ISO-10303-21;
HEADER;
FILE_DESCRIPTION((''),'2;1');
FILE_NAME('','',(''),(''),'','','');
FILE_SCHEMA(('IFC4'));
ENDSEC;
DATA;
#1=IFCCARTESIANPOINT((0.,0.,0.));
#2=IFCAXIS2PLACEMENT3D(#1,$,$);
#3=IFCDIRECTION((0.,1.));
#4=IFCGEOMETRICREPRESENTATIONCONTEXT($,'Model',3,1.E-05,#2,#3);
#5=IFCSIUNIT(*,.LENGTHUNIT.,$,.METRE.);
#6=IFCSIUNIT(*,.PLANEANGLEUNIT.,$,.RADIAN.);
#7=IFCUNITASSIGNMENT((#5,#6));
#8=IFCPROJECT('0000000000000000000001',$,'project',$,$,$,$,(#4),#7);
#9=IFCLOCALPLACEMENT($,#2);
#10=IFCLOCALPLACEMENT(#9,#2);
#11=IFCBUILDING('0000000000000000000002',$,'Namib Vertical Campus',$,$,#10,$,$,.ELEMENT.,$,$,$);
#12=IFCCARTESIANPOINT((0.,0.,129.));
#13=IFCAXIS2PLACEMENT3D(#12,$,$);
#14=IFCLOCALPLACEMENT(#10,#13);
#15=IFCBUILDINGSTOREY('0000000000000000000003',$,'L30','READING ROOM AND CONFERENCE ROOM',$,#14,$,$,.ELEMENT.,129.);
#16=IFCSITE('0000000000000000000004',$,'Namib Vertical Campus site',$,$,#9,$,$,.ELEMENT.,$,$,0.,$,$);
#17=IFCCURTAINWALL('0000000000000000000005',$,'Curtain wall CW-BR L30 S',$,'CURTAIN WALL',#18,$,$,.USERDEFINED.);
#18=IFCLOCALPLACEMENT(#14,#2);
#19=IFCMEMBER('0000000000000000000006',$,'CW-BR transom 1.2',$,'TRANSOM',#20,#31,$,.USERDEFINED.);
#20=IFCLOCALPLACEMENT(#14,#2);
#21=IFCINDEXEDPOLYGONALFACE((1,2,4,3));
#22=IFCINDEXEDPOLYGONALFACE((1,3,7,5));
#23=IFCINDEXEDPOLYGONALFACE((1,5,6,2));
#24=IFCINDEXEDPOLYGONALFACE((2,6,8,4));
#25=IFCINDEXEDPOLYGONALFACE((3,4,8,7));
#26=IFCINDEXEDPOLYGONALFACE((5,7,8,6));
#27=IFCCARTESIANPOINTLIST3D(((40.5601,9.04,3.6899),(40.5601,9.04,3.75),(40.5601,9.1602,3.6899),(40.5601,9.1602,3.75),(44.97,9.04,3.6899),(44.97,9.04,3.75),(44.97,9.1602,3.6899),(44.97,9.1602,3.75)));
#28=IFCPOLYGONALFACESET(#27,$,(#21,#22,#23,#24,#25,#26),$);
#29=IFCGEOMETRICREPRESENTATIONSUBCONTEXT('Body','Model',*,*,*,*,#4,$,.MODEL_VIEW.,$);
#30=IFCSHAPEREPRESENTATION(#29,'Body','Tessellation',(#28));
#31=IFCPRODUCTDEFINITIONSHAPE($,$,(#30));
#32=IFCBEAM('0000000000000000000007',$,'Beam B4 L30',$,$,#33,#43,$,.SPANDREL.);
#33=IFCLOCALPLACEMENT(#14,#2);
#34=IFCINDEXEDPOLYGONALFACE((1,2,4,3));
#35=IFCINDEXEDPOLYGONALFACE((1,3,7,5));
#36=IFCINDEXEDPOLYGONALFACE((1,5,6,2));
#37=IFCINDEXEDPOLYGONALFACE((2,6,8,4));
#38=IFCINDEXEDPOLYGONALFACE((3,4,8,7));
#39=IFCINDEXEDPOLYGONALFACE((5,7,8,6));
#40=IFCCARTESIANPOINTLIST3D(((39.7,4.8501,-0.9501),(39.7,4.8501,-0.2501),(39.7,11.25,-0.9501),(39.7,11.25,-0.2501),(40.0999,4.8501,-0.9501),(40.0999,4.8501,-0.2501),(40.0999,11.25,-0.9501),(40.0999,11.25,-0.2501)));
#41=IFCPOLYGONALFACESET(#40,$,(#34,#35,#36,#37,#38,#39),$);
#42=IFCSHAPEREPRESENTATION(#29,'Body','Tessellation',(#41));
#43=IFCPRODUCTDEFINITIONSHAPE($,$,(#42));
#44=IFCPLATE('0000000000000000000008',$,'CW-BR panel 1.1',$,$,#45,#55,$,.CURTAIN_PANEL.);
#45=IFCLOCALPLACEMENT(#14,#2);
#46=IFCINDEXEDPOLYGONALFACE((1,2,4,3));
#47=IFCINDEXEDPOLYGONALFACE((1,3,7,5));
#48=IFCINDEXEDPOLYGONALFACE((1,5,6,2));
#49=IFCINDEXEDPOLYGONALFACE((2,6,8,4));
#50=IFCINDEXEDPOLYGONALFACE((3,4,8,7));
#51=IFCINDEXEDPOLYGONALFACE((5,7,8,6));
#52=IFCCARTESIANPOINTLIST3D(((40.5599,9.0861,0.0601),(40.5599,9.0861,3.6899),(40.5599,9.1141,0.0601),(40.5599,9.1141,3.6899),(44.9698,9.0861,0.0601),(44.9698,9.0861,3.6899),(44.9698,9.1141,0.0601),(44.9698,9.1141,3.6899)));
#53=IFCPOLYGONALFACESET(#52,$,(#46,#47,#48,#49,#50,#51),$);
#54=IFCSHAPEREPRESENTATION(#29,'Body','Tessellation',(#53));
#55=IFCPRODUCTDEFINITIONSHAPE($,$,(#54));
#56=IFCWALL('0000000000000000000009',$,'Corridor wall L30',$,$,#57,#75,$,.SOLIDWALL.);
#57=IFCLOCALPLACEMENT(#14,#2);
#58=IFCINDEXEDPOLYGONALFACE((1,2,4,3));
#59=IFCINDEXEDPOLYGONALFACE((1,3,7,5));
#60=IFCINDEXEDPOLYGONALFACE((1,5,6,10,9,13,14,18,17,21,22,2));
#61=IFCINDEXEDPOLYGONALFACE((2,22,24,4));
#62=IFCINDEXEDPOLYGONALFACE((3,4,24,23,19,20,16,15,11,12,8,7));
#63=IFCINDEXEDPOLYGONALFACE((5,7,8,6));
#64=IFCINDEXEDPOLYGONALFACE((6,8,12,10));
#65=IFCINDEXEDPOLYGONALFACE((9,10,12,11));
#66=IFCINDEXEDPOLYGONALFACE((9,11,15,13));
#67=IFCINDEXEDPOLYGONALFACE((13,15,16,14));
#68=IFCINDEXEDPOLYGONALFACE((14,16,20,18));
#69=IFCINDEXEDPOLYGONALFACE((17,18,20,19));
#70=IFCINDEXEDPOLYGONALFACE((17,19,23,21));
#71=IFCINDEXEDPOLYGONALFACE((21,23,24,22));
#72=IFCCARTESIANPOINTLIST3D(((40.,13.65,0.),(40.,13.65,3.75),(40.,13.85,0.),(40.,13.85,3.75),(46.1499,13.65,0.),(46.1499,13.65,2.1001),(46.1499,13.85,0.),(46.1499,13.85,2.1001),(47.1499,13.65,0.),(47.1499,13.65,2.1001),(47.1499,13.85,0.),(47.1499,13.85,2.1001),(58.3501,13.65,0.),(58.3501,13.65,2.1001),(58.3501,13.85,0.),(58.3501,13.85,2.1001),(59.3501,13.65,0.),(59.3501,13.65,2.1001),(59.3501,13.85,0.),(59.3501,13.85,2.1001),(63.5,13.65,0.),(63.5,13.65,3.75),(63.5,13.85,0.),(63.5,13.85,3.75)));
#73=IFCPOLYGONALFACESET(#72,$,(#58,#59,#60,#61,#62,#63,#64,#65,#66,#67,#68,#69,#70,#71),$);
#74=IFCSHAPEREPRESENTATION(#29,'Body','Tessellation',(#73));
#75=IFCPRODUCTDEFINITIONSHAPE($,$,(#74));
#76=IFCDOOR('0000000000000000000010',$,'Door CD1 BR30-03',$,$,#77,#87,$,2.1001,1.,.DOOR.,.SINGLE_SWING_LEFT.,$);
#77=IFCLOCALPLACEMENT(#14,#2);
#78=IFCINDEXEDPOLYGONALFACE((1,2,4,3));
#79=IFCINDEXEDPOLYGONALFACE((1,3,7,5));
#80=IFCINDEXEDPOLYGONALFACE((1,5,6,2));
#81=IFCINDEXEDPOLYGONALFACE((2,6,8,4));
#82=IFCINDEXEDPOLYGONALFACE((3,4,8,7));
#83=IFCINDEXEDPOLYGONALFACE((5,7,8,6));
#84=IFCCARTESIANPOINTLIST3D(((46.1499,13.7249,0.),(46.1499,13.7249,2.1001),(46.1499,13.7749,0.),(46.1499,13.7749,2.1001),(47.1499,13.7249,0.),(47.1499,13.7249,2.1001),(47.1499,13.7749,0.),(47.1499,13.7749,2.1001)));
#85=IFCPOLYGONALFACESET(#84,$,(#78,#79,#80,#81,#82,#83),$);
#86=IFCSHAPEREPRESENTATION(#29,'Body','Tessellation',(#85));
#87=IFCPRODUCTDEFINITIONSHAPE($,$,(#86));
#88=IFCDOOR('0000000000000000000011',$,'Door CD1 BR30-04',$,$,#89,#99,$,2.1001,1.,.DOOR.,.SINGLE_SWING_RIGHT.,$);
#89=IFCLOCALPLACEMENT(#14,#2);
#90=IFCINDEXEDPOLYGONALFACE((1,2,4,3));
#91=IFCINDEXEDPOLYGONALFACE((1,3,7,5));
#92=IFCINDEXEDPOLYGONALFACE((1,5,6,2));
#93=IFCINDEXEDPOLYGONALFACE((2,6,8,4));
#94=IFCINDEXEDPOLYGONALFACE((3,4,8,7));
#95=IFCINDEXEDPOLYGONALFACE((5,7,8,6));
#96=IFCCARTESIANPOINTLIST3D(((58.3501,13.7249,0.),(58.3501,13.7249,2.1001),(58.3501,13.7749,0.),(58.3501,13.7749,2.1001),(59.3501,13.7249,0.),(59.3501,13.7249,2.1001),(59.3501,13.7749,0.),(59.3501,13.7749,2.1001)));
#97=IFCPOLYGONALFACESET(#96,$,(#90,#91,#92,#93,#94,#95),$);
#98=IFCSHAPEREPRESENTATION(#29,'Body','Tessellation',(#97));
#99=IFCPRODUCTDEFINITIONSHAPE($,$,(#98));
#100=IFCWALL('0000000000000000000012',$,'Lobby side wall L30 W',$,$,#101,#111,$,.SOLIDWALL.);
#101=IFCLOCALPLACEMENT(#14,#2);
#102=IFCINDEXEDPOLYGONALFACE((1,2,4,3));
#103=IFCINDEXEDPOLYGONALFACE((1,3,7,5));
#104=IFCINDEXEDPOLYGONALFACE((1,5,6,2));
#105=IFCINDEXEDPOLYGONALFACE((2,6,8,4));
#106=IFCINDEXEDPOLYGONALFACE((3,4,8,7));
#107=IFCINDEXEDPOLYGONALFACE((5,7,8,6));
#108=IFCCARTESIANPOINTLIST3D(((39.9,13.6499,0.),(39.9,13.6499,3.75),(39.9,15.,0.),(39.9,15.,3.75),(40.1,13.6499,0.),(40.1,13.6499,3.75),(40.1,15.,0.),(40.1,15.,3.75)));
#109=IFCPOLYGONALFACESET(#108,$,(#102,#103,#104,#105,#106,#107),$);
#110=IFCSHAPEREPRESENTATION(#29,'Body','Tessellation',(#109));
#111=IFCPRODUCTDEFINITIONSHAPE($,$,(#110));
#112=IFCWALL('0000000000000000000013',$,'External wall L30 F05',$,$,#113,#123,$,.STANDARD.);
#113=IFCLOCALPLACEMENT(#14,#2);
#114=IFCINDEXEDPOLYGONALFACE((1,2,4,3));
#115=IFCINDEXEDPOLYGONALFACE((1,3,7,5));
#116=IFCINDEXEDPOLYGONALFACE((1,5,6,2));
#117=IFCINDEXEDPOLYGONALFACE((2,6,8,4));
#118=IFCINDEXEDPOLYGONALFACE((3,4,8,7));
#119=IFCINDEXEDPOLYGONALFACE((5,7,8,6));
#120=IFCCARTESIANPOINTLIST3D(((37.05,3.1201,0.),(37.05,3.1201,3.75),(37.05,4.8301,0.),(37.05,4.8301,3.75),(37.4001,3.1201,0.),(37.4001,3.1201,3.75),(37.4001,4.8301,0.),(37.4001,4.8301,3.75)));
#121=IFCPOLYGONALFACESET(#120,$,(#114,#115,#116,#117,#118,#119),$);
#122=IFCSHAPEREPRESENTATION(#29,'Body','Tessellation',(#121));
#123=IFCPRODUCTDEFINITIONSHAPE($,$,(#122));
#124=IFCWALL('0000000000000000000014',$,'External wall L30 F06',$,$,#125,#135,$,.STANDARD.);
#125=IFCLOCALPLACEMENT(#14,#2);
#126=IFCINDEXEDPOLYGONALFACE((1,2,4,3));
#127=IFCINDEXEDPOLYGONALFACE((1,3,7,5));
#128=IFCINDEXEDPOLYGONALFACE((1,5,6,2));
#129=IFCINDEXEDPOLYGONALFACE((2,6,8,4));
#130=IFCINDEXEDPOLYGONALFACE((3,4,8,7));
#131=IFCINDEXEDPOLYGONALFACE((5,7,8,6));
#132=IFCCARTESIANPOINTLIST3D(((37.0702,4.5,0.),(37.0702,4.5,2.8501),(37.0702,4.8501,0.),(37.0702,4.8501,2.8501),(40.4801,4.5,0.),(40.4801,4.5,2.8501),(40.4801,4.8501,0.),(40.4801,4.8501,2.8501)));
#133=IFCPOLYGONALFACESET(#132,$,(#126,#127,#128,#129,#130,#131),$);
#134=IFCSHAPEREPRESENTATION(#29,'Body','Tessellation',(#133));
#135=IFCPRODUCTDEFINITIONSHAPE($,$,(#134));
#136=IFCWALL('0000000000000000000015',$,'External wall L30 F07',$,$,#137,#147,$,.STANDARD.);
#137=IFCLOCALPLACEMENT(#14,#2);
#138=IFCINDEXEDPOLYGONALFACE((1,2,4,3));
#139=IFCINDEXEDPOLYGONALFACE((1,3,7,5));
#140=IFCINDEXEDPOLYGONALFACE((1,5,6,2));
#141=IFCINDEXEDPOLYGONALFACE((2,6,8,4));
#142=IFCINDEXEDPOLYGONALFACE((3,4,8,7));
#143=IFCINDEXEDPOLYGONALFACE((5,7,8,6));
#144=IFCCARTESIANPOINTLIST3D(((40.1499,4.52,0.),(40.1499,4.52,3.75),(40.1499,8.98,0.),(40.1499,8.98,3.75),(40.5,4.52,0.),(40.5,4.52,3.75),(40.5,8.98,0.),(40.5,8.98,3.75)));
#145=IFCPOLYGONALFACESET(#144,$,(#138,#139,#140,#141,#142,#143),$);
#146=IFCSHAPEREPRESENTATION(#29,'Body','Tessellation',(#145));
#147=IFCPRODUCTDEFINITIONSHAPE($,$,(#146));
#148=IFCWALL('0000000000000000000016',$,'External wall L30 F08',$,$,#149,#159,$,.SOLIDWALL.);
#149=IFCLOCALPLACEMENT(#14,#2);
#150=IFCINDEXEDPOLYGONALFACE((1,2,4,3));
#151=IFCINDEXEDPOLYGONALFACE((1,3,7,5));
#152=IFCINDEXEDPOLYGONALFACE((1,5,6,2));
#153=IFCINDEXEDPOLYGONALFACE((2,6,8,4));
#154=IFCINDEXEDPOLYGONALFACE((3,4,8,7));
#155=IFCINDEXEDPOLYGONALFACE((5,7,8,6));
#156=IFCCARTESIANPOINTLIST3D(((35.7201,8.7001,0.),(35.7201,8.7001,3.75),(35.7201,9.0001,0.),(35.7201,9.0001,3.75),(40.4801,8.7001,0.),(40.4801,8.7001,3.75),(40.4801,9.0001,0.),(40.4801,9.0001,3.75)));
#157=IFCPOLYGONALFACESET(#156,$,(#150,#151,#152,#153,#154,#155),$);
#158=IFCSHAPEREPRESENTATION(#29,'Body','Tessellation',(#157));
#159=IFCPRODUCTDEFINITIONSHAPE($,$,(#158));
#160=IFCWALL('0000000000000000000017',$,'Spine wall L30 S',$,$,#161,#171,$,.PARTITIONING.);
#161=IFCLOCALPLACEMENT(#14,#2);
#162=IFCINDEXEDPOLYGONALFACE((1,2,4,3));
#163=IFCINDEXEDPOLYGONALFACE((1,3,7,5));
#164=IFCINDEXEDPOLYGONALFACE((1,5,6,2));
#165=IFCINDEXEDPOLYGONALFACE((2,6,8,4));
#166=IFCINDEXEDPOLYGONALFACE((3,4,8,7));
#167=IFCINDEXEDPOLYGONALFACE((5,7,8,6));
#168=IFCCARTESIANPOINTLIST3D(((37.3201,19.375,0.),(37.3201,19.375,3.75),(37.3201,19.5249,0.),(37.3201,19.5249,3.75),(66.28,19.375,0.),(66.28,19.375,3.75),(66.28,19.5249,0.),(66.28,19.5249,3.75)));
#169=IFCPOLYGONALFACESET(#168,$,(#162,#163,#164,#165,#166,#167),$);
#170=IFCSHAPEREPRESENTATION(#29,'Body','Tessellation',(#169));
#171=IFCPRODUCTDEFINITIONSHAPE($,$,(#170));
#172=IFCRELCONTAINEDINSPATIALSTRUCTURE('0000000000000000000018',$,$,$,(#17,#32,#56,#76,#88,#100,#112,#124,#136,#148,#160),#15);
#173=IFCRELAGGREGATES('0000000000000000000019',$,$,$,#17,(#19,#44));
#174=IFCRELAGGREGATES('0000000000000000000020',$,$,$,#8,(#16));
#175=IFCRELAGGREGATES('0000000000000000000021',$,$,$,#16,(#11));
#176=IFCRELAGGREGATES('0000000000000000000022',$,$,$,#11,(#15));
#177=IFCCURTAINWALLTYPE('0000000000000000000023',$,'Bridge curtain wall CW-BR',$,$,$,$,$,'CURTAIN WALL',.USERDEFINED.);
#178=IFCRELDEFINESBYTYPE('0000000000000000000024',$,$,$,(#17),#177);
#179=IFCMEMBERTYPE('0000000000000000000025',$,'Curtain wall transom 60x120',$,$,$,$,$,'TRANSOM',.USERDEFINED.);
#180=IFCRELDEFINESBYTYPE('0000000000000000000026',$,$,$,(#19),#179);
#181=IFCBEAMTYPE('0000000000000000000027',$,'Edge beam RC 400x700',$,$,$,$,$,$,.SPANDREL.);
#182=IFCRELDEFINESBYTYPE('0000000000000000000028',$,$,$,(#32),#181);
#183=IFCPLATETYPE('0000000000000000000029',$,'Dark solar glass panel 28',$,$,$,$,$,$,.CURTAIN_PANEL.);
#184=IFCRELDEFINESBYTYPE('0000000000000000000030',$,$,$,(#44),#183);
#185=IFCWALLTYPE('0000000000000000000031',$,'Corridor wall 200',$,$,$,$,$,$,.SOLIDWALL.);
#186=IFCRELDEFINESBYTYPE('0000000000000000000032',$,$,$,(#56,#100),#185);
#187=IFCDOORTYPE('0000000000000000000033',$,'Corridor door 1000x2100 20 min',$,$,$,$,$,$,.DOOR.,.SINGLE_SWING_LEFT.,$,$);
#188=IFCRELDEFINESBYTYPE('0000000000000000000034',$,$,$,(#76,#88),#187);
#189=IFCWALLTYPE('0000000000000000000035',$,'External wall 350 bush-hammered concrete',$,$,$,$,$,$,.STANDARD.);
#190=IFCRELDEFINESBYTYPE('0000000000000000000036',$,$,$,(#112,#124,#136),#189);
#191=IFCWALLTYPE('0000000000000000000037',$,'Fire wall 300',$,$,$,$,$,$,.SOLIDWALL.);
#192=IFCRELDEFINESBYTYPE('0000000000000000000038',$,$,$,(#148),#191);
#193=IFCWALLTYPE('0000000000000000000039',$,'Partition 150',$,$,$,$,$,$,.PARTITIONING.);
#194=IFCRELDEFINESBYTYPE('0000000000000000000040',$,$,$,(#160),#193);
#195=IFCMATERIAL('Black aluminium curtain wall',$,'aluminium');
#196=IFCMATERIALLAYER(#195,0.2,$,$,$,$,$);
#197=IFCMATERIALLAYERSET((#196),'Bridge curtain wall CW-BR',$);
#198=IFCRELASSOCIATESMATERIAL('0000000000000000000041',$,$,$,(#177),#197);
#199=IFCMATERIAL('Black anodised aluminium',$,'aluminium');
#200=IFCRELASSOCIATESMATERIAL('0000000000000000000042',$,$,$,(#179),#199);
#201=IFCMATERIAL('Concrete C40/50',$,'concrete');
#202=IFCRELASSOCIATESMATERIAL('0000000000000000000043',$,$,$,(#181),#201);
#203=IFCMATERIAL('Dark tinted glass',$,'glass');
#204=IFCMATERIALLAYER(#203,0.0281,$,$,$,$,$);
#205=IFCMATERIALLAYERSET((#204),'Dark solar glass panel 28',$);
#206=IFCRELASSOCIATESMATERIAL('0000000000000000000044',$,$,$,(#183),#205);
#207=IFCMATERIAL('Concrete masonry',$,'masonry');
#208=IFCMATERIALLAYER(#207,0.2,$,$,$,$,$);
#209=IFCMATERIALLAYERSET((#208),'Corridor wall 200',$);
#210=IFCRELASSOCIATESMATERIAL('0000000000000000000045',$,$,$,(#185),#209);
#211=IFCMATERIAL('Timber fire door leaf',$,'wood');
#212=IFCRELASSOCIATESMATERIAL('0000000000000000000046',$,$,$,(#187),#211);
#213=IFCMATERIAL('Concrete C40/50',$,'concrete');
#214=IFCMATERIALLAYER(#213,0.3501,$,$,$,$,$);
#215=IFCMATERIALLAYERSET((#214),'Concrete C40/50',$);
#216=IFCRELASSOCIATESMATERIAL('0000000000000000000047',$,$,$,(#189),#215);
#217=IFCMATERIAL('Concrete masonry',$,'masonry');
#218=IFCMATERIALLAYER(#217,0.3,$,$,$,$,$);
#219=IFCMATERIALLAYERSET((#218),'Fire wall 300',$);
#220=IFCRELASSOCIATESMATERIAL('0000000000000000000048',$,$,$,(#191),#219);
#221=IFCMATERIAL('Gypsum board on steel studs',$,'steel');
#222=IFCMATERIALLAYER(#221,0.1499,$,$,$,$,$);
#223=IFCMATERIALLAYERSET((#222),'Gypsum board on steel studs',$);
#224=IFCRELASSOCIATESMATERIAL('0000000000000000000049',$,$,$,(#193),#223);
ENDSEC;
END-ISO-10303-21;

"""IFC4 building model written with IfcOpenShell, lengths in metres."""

from ifc_helpers import new_model, si_unit, direction, frame, frame_2d, origin, origin_2d, place, context, subcontext, project, spatial, rectangle, extrude, material, layer, layer_set, material_profile, profile_set, type_object, element, fill, aggregate, save


model = new_model("IFC4")

# Units and contexts
model_context = context("Model", 3, precision=1e-05, world=origin(), true_north=direction((0.0, 1.0)))
body_context = subcontext(model_context, "Body", "Model", "MODEL_VIEW")
ifc_project = project(units=[si_unit("LENGTHUNIT", "METRE"), si_unit("PLANEANGLEUNIT", "RADIAN")], contexts=[model_context])

# Site, building, storey
site_placement = place(None, origin())
site = spatial("IfcSite", under=ifc_project, at=site_placement, Name="Namib Vertical Campus site", CompositionType="ELEMENT", RefElevation=0.0)
building_placement = place(site_placement, origin())
building = spatial("IfcBuilding", under=site, at=building_placement, Name="Namib Vertical Campus", CompositionType="ELEMENT")
storey_placement = place(building_placement, frame((0.0, 0.0, 129.0)))
storey = spatial("IfcBuildingStorey", under=building, at=storey_placement, Name="L30", Description="READING ROOM AND CONFERENCE ROOM", CompositionType="ELEMENT", Elevation=129.0)

# Curtain wall, member
ifc_material_1 = material(Name="Black aluminium curtain wall", Category="aluminium")
ifc_layer_1 = layer(ifc_material_1, 0.2)
ifc_layer_set_1 = layer_set([ifc_layer_1], Name="Bridge curtain wall CW-BR")
curtain_wall_type = type_object("IfcCurtainWallType", Name="Bridge curtain wall CW-BR", ElementType="CURTAIN WALL", PredefinedType="USERDEFINED", material=ifc_layer_set_1)
curtain_wall_placement = place(storey_placement, origin())
curtain_wall = element("IfcCurtainWall", 1, at=curtain_wall_placement, inside=storey, type_object=curtain_wall_type, Name="Curtain wall CW-BR L30 S", ObjectType="CURTAIN WALL", PredefinedType="USERDEFINED")
ifc_material_2 = material(Name="Black anodised aluminium", Category="aluminium")
ifc_material_profile_1 = material_profile(ifc_material_2, rectangle(XDim=0.0601, YDim=0.1201, at=origin_2d()))
ifc_profile_set_1 = profile_set([ifc_material_profile_1], Name="Black anodised aluminium")
member_type_1 = type_object("IfcMemberType", Name="Curtain wall transom 60x120", ElementType="TRANSOM", PredefinedType="USERDEFINED", material=ifc_profile_set_1)
member_1_placement = place(storey_placement, frame((40.5601, 9.1001, 3.72), z_axis=(1.0, 0.0, 0.0), x_axis=(0.0, 0.0, 1.0)))
member_1 = element("IfcMember", 2, at=member_1_placement, type_object=member_type_1, Name="CW-BR transom 1.2", ObjectType="TRANSOM", PredefinedType="USERDEFINED", context=body_context, shape_type="SweptSolid", body=[
    extrude(rectangle(XDim=0.0601, YDim=0.1201, at=origin_2d()), origin(), (0.0, 0.0, 1.0), 4.4099),
])

# Beam
ifc_material_3 = material(Name="Concrete C40/50", Category="concrete")
ifc_material_profile_2 = material_profile(ifc_material_3, rectangle(XDim=0.3999, YDim=0.7, at=origin_2d()))
ifc_profile_set_2 = profile_set([ifc_material_profile_2], Name="Concrete C40/50")
beam_type_1 = type_object("IfcBeamType", Name="Edge beam RC 400x700", PredefinedType="SPANDREL", material=ifc_profile_set_2)
beam_placement = place(storey_placement, frame((39.8999, 4.8501, -0.6001), z_axis=(0.0, 1.0, 0.0), x_axis=(-1.0, 0.0, 0.0)))
element("IfcBeam", 3, at=beam_placement, inside=storey, type_object=beam_type_1, Name="Beam B4 L30", PredefinedType="SPANDREL", context=body_context, shape_type="SweptSolid", body=[
    extrude(rectangle(XDim=0.3999, YDim=0.7, at=origin_2d()), origin(), (0.0, 0.0, 1.0), 6.3999),
])

# Plate
ifc_material_4 = material(Name="Dark tinted glass", Category="glass")
ifc_layer_2 = layer(ifc_material_4, 0.0281)
ifc_layer_set_2 = layer_set([ifc_layer_2], Name="Dark solar glass panel 28")
plate_type = type_object("IfcPlateType", Name="Dark solar glass panel 28", PredefinedType="CURTAIN_PANEL", material=ifc_layer_set_2)
plate_placement = place(storey_placement, frame((42.7649, 9.1001, 0.0601), z_axis=(0.0, 0.0, 1.0), x_axis=(1.0, 0.0, 0.0)))
plate = element("IfcPlate", 4, at=plate_placement, type_object=plate_type, Name="CW-BR panel 1.1", PredefinedType="CURTAIN_PANEL", context=body_context, shape_type="SweptSolid", body=[
    extrude(rectangle(XDim=4.4099, YDim=0.0281, at=origin_2d()), origin(), (0.0, 0.0, 1.0), 3.6299),
])
aggregate(curtain_wall, [member_1, plate])

# Wall, openings, doors
ifc_material_5 = material(Name="Concrete masonry", Category="masonry")
ifc_layer_3 = layer(ifc_material_5, 0.2)
ifc_layer_set_3 = layer_set([ifc_layer_3], Name="Corridor wall 200")
wall_type_1 = type_object("IfcWallType", Name="Corridor wall 200", PredefinedType="SOLIDWALL", material=ifc_layer_set_3)
wall_1_placement = place(storey_placement, frame((40.0, 13.75, 0.0), z_axis=(0.0, 0.0, 1.0), x_axis=(1.0, 0.0, 0.0)))
wall_1 = element("IfcWall", 5, at=wall_1_placement, inside=storey, type_object=wall_type_1, Name="Corridor wall L30", PredefinedType="SOLIDWALL", context=body_context, shape_type="SweptSolid", body=[
    extrude(rectangle(XDim=23.5, YDim=0.2, at=frame_2d((11.75, 0.0))), origin(), (0.0, 0.0, 1.0), 3.75),
])
opening_1_placement = place(wall_1_placement, frame((6.1499, 0.0, 0.0)))
opening_1 = element("IfcOpeningElement", 6, at=opening_1_placement, cuts=wall_1, PredefinedType="OPENING", context=body_context, shape_type="SweptSolid", body=[
    extrude(rectangle(XDim=1.0, YDim=2.1001, at=frame_2d((0.5, 1.05))), frame((0.0, 0.1099, 0.0), z_axis=(0.0, -1.0, 0.0), x_axis=(1.0, 0.0, 0.0)), (0.0, 0.0, 1.0), 0.22),
])
opening_2_placement = place(wall_1_placement, frame((18.3501, 0.0, 0.0)))
opening_2 = element("IfcOpeningElement", 7, at=opening_2_placement, cuts=wall_1, PredefinedType="OPENING", context=body_context, shape_type="SweptSolid", body=[
    extrude(rectangle(XDim=1.0, YDim=2.1001, at=frame_2d((0.5, 1.05))), frame((0.0, 0.1099, 0.0), z_axis=(0.0, -1.0, 0.0), x_axis=(1.0, 0.0, 0.0)), (0.0, 0.0, 1.0), 0.22),
])
ifc_material_6 = material(Name="Timber fire door leaf", Category="wood")
door_type = type_object("IfcDoorType", Name="Corridor door 1000x2100 20 min", OperationType="SINGLE_SWING_LEFT", PredefinedType="DOOR", material=ifc_material_6)
door_1_placement = place(opening_1_placement, origin())
door_1 = element("IfcDoor", 8, at=door_1_placement, inside=storey, type_object=door_type, Name="Door CD1 BR30-03", OperationType="SINGLE_SWING_LEFT", OverallHeight=2.1001, OverallWidth=1.0, PredefinedType="DOOR", context=body_context, shape_type="SweptSolid", body=[
    extrude(rectangle(XDim=1.0, YDim=2.1001, at=frame_2d((0.5, 1.05))), frame((0.0, 0.0249, 0.0), z_axis=(0.0, -1.0, 0.0), x_axis=(1.0, 0.0, 0.0)), (0.0, 0.0, 1.0), 0.05),
])
fill(opening_1, door_1)
door_2_placement = place(opening_2_placement, origin())
door_2 = element("IfcDoor", 9, at=door_2_placement, inside=storey, type_object=door_type, Name="Door CD1 BR30-04", OperationType="SINGLE_SWING_RIGHT", OverallHeight=2.1001, OverallWidth=1.0, PredefinedType="DOOR", context=body_context, shape_type="SweptSolid", body=[
    extrude(rectangle(XDim=1.0, YDim=2.1001, at=frame_2d((0.5, 1.05))), frame((0.0, 0.0249, 0.0), z_axis=(0.0, -1.0, 0.0), x_axis=(1.0, 0.0, 0.0)), (0.0, 0.0, 1.0), 0.05),
])
fill(opening_2, door_2)

# Walls
wall_2_placement = place(storey_placement, frame((40.0, 13.6499, 0.0), z_axis=(0.0, 0.0, 1.0), x_axis=(0.0, 1.0, 0.0)))
element("IfcWall", 10, at=wall_2_placement, inside=storey, type_object=wall_type_1, Name="Lobby side wall L30 W", PredefinedType="SOLIDWALL", context=body_context, shape_type="SweptSolid", body=[
    extrude(rectangle(XDim=1.3501, YDim=0.2, at=frame_2d((0.675, 0.0))), origin(), (0.0, 0.0, 1.0), 3.75),
])
ifc_material_7 = material(Name="Concrete C40/50", Category="concrete")
ifc_layer_4 = layer(ifc_material_7, 0.3501)
ifc_layer_set_4 = layer_set([ifc_layer_4], Name="Concrete C40/50")
wall_type_2 = type_object("IfcWallType", Name="External wall 350 bush-hammered concrete", PredefinedType="STANDARD", material=ifc_layer_set_4)
wall_3_placement = place(storey_placement, frame((37.2251, 3.1201, 0.0), z_axis=(0.0, 0.0, 1.0), x_axis=(0.0, 1.0, 0.0)))
element("IfcWall", 11, at=wall_3_placement, inside=storey, type_object=wall_type_2, Name="External wall L30 F05", PredefinedType="STANDARD", context=body_context, shape_type="SweptSolid", body=[
    extrude(rectangle(XDim=1.71, YDim=0.3501, at=frame_2d((0.855, 0.0))), origin(), (0.0, 0.0, 1.0), 3.75),
])
wall_4_placement = place(storey_placement, frame((37.0701, 4.675, 0.0), z_axis=(0.0, 0.0, 1.0), x_axis=(1.0, 0.0, 0.0)))
element("IfcWall", 12, at=wall_4_placement, inside=storey, type_object=wall_type_2, Name="External wall L30 F06", PredefinedType="STANDARD", context=body_context, shape_type="SweptSolid", body=[
    extrude(rectangle(XDim=3.4099, YDim=0.3501, at=frame_2d((1.7051, 0.0))), origin(), (0.0, 0.0, 1.0), 2.8501),
])
wall_5_placement = place(storey_placement, frame((40.325, 4.52, 0.0), z_axis=(0.0, 0.0, 1.0), x_axis=(0.0, 1.0, 0.0)))
element("IfcWall", 13, at=wall_5_placement, inside=storey, type_object=wall_type_2, Name="External wall L30 F07", PredefinedType="STANDARD", context=body_context, shape_type="SweptSolid", body=[
    extrude(rectangle(XDim=4.46, YDim=0.3501, at=frame_2d((2.23, 0.0))), origin(), (0.0, 0.0, 1.0), 3.75),
])
ifc_material_8 = material(Name="Concrete masonry", Category="masonry")
ifc_layer_5 = layer(ifc_material_8, 0.3)
ifc_layer_set_5 = layer_set([ifc_layer_5], Name="Fire wall 300")
wall_type_3 = type_object("IfcWallType", Name="Fire wall 300", PredefinedType="SOLIDWALL", material=ifc_layer_set_5)
wall_6_placement = place(storey_placement, frame((40.48, 8.8501, 0.0), z_axis=(0.0, 0.0, 1.0), x_axis=(-1.0, 0.0, 0.0)))
element("IfcWall", 14, at=wall_6_placement, inside=storey, type_object=wall_type_3, Name="External wall L30 F08", PredefinedType="SOLIDWALL", context=body_context, shape_type="SweptSolid", body=[
    extrude(rectangle(XDim=4.76, YDim=0.3, at=frame_2d((2.3799, 0.0))), origin(), (0.0, 0.0, 1.0), 3.75),
])
ifc_material_9 = material(Name="Gypsum board on steel studs", Category="steel")
ifc_layer_6 = layer(ifc_material_9, 0.1499)
ifc_layer_set_6 = layer_set([ifc_layer_6], Name="Gypsum board on steel studs")
wall_type_4 = type_object("IfcWallType", Name="Partition 150", PredefinedType="PARTITIONING", material=ifc_layer_set_6)
wall_7_placement = place(storey_placement, frame((37.3201, 19.45, 0.0), z_axis=(0.0, 0.0, 1.0), x_axis=(1.0, 0.0, 0.0)))
element("IfcWall", 15, at=wall_7_placement, inside=storey, type_object=wall_type_4, Name="Spine wall L30 S", PredefinedType="PARTITIONING", context=body_context, shape_type="SweptSolid", body=[
    extrude(rectangle(XDim=28.96, YDim=0.1499, at=frame_2d((14.48, 0.0))), origin(), (0.0, 0.0, 1.0), 3.75),
])

save(model, "model.ifc")
